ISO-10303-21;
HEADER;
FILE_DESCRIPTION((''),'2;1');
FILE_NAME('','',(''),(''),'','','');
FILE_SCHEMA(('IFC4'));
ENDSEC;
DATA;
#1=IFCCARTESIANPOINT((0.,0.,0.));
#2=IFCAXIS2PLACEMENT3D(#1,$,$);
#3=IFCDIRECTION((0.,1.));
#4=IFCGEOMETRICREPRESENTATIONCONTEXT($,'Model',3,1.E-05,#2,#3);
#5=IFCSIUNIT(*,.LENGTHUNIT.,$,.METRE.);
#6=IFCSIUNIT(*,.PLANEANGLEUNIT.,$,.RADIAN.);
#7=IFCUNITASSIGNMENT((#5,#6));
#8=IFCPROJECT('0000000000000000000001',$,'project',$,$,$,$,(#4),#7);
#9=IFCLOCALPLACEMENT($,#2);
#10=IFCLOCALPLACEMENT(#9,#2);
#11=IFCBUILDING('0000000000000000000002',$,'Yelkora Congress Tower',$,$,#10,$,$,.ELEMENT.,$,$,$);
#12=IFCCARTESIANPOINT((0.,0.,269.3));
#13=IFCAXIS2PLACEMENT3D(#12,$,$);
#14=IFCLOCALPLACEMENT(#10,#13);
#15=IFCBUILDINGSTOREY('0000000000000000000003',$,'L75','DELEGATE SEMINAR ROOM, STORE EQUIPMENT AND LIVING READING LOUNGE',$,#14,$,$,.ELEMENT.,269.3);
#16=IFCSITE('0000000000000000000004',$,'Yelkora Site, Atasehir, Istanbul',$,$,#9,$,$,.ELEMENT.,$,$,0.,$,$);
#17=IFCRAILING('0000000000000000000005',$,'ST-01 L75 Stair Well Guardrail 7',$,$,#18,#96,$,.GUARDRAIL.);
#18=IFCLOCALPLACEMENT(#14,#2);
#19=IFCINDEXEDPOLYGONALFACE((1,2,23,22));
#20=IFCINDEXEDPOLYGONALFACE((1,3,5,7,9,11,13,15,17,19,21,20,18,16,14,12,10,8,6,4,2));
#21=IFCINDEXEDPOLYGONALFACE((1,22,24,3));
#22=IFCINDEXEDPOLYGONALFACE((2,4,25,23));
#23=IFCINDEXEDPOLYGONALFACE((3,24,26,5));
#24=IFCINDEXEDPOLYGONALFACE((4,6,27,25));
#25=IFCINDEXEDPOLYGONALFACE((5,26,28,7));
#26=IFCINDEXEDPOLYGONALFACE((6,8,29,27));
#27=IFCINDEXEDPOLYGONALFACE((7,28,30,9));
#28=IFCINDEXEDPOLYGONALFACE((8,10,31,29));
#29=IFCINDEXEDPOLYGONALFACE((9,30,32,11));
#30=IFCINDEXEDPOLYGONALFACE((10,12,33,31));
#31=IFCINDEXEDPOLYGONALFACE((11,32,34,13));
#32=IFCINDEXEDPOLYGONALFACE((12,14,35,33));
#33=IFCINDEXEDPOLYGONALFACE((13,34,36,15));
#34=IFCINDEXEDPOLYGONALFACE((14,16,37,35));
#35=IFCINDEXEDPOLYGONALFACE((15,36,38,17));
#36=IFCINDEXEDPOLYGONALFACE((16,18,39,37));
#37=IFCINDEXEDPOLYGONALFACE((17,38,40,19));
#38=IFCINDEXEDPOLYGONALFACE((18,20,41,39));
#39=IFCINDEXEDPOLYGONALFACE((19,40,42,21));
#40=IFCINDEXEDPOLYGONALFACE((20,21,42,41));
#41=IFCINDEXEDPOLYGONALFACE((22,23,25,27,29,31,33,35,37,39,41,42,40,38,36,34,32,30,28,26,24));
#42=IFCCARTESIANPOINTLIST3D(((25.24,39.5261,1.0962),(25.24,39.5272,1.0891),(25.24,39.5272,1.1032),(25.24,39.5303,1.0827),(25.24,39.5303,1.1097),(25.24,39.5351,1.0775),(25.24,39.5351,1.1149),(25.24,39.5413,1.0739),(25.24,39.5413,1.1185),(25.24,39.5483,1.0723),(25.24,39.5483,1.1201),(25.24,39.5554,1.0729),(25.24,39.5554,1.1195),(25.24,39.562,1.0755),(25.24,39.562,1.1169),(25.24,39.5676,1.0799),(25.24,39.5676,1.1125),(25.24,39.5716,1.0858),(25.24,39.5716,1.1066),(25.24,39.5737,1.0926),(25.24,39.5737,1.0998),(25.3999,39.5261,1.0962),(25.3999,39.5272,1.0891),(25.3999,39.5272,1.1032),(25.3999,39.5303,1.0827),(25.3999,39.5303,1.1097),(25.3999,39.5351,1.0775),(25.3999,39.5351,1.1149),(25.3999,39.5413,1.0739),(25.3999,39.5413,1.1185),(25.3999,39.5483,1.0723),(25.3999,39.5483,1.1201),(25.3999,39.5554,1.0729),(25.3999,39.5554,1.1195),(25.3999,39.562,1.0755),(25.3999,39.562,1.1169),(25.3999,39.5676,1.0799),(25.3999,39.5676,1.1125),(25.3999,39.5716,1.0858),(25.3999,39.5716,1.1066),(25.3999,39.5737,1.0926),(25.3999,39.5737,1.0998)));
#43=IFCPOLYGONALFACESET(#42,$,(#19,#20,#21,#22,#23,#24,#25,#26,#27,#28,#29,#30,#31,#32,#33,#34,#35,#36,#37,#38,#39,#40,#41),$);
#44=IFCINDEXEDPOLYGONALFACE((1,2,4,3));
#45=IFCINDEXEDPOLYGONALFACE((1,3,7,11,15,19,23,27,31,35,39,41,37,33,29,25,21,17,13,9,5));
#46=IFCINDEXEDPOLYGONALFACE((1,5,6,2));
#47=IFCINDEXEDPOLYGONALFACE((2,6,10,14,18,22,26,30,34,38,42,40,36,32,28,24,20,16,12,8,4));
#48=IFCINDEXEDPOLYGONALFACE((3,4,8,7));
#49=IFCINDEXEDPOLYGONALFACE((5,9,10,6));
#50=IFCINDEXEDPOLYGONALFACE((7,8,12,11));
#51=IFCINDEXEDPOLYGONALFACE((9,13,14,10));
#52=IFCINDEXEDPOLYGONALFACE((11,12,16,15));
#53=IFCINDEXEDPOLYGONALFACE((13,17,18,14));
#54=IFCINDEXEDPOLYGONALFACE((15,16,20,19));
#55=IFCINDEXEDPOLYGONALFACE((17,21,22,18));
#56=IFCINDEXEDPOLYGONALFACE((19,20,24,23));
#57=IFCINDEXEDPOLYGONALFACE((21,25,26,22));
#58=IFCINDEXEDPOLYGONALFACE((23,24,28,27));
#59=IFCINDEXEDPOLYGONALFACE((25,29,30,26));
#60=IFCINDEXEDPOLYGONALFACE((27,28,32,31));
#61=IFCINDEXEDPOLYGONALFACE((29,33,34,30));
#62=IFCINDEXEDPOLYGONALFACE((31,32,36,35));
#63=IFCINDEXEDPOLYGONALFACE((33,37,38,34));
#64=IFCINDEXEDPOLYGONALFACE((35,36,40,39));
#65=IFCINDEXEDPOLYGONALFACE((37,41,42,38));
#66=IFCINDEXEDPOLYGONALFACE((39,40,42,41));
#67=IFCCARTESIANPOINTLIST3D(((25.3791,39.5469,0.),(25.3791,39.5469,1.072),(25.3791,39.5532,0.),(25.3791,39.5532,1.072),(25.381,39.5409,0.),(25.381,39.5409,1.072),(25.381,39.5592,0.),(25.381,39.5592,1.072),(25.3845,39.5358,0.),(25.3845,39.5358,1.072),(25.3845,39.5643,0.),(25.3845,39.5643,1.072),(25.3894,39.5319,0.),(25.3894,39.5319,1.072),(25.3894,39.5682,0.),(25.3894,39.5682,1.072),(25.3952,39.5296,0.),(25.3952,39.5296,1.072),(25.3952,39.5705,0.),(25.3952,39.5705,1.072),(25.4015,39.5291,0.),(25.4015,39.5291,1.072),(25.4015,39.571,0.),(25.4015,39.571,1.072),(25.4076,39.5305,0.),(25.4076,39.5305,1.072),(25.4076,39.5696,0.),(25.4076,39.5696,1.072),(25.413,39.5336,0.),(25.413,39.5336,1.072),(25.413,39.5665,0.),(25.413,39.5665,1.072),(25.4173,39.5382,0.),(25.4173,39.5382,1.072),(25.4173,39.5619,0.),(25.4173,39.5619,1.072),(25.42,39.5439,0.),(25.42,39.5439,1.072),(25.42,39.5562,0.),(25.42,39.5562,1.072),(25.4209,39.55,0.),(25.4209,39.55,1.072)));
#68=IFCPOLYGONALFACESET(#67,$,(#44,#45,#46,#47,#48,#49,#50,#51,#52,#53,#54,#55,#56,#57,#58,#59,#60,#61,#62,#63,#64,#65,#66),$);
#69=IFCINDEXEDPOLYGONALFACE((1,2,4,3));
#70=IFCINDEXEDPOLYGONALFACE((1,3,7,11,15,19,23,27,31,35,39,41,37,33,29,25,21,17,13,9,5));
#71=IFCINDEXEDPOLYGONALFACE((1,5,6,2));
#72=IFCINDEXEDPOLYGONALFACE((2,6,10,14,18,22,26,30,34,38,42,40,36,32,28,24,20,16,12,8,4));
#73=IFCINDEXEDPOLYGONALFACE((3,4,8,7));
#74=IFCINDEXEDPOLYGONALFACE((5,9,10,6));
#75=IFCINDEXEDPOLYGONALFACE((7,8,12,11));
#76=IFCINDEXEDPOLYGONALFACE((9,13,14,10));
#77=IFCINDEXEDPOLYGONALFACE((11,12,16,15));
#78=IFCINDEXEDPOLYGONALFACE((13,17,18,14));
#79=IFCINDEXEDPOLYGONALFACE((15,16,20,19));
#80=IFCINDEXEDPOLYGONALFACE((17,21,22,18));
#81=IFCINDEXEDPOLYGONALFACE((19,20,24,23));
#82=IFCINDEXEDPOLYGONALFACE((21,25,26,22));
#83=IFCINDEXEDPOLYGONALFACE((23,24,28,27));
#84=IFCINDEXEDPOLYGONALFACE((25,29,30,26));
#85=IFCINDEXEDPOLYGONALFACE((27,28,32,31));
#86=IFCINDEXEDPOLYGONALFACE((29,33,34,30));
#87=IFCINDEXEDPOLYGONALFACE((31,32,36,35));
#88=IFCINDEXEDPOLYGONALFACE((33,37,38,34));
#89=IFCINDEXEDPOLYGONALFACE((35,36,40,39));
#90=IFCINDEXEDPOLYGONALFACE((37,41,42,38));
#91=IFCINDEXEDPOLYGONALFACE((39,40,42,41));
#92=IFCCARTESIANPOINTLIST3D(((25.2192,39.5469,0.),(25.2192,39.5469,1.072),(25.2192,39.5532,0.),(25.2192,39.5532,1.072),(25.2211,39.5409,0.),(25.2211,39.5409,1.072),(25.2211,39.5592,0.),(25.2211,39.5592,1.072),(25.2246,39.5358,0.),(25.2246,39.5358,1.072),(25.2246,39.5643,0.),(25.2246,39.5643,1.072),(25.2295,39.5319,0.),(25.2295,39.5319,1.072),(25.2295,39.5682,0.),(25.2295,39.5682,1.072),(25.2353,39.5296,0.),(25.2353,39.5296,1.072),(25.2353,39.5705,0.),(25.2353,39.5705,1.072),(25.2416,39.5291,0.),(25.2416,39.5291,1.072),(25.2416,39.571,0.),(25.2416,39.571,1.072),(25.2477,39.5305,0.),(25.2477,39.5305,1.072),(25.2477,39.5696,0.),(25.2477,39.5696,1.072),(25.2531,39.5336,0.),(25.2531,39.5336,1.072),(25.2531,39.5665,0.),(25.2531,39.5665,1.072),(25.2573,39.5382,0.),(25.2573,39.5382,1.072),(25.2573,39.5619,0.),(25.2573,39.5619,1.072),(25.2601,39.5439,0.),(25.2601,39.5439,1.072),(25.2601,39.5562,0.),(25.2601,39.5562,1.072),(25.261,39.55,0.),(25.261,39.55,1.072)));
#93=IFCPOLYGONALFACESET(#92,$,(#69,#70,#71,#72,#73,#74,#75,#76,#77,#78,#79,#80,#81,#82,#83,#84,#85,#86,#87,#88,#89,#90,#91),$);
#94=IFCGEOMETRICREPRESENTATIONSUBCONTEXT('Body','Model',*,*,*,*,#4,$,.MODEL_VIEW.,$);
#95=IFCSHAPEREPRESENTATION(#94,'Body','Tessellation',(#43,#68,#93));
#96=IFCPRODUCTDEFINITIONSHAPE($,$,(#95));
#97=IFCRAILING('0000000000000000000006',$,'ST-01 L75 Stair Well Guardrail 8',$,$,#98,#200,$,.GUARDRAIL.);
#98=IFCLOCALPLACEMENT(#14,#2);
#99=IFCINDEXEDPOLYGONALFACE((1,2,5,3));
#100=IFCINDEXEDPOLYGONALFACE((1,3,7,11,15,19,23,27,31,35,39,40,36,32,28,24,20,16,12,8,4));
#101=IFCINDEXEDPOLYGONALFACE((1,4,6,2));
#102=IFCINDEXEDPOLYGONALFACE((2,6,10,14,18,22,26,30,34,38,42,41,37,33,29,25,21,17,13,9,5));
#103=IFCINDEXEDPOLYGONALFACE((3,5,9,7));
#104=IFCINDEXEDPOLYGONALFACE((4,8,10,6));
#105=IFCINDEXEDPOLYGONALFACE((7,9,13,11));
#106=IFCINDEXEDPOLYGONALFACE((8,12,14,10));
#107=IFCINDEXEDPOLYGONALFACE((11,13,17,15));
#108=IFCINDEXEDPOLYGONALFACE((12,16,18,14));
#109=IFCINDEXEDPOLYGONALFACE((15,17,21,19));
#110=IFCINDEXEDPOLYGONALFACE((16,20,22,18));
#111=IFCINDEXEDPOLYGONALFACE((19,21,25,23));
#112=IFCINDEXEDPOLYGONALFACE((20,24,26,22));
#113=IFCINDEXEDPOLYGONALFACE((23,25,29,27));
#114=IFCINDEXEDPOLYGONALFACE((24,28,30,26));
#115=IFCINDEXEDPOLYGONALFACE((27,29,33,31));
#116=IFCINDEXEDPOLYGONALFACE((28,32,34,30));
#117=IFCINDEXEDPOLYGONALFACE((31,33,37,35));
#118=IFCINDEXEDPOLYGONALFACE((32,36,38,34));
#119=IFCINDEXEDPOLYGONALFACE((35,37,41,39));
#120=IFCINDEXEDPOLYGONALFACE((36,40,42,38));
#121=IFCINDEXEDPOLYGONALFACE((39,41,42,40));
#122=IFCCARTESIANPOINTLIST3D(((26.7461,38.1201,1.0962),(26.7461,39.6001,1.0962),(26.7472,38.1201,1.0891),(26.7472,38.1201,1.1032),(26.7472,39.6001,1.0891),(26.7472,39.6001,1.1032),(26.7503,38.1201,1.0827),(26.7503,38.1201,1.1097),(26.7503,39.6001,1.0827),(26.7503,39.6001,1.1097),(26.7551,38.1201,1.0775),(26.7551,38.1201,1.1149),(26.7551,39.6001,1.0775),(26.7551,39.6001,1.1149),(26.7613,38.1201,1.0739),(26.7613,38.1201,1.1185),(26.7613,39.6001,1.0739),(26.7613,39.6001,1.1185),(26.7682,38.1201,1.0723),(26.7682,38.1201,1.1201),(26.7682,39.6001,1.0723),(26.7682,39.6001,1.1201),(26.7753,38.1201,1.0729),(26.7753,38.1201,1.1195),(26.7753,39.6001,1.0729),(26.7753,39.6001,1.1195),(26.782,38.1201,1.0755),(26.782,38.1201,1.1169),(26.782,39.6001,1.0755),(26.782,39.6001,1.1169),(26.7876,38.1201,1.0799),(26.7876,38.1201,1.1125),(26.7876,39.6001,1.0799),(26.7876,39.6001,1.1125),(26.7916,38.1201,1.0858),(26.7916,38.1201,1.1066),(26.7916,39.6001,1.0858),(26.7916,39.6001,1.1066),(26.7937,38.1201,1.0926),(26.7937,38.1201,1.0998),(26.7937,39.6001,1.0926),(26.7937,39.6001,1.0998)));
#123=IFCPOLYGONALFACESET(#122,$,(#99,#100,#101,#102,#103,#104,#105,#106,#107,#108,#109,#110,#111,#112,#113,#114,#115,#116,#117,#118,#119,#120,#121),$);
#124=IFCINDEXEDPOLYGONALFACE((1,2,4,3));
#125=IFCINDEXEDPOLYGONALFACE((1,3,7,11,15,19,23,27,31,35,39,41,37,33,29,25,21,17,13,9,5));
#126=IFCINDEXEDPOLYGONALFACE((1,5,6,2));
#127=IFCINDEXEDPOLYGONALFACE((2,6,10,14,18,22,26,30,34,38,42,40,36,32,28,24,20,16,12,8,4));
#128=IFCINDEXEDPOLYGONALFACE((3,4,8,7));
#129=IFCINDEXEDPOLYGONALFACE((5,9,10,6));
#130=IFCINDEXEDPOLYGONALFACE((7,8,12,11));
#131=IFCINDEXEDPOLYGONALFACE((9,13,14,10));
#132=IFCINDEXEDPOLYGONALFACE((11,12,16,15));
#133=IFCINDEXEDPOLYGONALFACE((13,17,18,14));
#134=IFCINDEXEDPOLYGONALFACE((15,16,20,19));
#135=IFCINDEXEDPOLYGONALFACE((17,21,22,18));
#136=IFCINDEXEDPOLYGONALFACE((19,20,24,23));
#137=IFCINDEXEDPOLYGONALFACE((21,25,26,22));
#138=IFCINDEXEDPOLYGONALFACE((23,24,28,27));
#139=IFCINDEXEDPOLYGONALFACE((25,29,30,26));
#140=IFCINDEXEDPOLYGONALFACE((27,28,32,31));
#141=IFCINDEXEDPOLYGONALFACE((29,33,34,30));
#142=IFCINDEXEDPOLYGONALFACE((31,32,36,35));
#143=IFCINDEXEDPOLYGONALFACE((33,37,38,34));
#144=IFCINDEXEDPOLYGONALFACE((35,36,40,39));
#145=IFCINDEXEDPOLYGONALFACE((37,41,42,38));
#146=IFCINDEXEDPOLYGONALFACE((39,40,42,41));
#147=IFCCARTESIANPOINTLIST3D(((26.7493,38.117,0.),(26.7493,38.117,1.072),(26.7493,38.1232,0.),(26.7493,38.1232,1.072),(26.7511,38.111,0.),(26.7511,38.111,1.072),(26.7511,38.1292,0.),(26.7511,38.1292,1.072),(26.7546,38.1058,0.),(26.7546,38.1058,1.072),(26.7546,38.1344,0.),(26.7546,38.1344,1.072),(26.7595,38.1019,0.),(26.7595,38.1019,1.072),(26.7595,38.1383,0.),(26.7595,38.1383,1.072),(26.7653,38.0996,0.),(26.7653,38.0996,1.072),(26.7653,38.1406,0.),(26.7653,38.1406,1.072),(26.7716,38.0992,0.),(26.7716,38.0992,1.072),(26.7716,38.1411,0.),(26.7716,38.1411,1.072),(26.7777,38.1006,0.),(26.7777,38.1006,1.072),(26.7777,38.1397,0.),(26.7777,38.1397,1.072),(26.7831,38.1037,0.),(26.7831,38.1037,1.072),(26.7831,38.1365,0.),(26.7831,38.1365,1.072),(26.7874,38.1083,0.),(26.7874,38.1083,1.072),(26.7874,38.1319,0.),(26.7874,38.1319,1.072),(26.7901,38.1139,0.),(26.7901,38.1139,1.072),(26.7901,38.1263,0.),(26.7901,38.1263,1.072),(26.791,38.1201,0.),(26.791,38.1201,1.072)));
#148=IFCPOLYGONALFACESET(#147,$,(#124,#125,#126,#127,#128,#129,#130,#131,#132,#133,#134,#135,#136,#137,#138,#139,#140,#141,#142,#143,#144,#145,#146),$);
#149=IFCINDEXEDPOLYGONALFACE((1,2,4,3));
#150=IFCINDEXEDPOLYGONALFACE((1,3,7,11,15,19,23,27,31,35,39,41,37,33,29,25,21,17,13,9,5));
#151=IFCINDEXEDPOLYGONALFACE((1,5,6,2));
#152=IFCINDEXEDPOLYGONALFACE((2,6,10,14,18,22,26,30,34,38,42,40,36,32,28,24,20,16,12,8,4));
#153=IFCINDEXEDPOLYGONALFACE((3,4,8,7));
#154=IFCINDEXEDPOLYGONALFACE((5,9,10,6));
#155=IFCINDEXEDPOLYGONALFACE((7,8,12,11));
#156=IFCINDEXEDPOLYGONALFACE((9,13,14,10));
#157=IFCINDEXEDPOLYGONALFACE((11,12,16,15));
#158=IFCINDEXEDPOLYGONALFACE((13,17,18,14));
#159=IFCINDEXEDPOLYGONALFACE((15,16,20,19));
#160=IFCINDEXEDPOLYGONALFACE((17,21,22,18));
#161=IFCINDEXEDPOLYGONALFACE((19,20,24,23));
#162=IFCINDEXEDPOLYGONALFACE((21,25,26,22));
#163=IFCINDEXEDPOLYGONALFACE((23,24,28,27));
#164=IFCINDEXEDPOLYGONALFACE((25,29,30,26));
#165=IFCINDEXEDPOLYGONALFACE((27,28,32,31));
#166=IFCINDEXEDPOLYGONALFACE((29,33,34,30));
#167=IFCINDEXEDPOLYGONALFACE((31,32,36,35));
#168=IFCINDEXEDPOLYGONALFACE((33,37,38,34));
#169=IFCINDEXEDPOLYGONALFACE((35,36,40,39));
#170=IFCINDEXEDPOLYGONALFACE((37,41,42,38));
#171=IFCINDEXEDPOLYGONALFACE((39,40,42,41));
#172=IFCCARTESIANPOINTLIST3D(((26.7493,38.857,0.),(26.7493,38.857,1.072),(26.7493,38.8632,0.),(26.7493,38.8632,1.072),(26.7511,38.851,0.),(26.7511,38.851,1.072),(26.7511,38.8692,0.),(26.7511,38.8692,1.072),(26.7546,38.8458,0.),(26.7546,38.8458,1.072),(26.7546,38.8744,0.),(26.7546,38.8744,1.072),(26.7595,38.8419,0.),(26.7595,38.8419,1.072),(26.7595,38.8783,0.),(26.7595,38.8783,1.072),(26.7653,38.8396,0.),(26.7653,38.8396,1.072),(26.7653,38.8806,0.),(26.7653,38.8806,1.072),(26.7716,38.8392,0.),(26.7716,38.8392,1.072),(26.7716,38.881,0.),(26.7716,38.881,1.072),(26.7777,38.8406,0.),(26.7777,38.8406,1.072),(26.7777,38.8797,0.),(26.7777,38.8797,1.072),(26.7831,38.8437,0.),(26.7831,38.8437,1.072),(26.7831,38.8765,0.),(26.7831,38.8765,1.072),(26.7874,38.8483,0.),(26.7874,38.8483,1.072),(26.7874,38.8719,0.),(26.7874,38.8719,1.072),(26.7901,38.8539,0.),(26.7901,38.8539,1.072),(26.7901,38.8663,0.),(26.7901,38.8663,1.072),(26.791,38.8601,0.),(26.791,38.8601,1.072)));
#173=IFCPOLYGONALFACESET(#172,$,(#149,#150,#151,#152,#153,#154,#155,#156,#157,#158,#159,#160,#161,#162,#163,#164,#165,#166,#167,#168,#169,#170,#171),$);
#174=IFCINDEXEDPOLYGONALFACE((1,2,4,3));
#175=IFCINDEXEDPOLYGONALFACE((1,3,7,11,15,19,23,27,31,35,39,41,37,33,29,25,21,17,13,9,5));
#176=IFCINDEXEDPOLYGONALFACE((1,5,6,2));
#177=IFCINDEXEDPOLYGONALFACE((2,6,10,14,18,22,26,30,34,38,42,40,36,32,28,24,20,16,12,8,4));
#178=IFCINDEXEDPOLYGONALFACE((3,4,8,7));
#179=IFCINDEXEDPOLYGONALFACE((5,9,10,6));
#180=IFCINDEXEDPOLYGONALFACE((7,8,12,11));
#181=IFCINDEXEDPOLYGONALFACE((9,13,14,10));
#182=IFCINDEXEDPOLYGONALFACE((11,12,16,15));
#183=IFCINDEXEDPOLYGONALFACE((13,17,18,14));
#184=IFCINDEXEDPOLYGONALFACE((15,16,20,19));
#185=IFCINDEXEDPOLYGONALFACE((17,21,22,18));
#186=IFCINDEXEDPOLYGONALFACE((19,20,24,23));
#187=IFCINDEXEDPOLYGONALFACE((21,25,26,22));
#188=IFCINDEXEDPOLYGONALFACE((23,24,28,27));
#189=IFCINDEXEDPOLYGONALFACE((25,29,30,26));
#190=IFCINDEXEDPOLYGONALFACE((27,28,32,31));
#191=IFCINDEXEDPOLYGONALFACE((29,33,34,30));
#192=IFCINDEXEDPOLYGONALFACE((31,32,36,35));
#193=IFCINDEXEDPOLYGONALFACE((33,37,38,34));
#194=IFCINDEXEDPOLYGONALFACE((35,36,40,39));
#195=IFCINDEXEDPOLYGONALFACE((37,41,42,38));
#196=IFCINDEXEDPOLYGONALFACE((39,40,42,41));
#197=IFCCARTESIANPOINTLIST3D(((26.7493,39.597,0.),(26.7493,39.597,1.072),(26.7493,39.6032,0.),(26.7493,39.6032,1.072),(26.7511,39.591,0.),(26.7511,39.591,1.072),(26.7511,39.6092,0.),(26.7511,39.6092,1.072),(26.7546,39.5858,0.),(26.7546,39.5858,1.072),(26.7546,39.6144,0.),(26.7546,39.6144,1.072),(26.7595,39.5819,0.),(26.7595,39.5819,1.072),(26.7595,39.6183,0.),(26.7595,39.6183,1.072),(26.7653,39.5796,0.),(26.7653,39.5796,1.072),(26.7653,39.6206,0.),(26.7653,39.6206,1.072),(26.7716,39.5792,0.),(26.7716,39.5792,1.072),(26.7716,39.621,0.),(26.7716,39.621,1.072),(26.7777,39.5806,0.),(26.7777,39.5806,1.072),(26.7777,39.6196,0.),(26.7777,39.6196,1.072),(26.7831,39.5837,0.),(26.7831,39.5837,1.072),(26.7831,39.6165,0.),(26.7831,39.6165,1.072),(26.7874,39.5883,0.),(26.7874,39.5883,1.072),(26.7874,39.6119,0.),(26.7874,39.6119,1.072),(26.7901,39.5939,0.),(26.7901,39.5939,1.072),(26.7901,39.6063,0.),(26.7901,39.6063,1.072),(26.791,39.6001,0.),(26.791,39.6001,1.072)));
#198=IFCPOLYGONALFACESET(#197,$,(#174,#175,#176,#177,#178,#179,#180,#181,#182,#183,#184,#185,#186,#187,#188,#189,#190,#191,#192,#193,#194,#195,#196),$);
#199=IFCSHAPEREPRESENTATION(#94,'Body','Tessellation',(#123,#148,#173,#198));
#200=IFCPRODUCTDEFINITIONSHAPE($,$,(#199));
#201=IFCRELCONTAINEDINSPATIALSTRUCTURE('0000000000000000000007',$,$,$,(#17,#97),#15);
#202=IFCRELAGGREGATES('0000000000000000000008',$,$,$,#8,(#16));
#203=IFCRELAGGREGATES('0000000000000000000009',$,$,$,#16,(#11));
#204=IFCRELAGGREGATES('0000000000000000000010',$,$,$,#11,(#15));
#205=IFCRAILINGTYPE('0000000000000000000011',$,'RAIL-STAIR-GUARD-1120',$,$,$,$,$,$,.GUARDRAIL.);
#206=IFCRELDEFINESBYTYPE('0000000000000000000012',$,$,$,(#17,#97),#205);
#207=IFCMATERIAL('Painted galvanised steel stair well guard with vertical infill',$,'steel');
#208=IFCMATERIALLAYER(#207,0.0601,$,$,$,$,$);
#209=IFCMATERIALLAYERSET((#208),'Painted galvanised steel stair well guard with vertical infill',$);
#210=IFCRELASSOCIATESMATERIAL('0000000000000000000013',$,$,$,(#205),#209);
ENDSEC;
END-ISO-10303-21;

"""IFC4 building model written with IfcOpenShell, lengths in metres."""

from ifc_helpers import new_model, si_unit, direction, frame, origin, origin_2d, place, context, subcontext, project, spatial, circle, extrude, material, layer, layer_set, type_object, element, save


model = new_model("IFC4")

# Units and contexts
model_context = context("Model", 3, precision=1e-05, world=origin(), true_north=direction((0.0, 1.0)))
body_context = subcontext(model_context, "Body", "Model", "MODEL_VIEW")
ifc_project = project(units=[si_unit("LENGTHUNIT", "METRE"), si_unit("PLANEANGLEUNIT", "RADIAN")], contexts=[model_context])

# Site, building, storey
site_placement = place(None, origin())
site = spatial("IfcSite", under=ifc_project, at=site_placement, Name="Yelkora Site, Atasehir, Istanbul", CompositionType="ELEMENT", RefElevation=0.0)
building_placement = place(site_placement, origin())
building = spatial("IfcBuilding", under=site, at=building_placement, Name="Yelkora Congress Tower", CompositionType="ELEMENT")
storey_placement = place(building_placement, frame((0.0, 0.0, 269.3)))
storey = spatial("IfcBuildingStorey", under=building, at=storey_placement, Name="L75", Description="DELEGATE SEMINAR ROOM, STORE EQUIPMENT AND LIVING READING LOUNGE", CompositionType="ELEMENT", Elevation=269.3)

# Railings
ifc_material_1 = material(Name="Painted galvanised steel stair well guard with vertical infill", Category="steel")
ifc_layer_1 = layer(ifc_material_1, 0.0601)
ifc_layer_set_1 = layer_set([ifc_layer_1], Name="Painted galvanised steel stair well guard with vertical infill")
railing_type_1 = type_object("IfcRailingType", Name="RAIL-STAIR-GUARD-1120", PredefinedType="GUARDRAIL", material=ifc_layer_set_1)
railing_1_placement = place(storey_placement, frame((25.3999, 39.55, 0.0)))
element("IfcRailing", 1, at=railing_1_placement, inside=storey, type_object=railing_type_1, Name="ST-01 L75 Stair Well Guardrail 7", PredefinedType="GUARDRAIL", context=body_context, shape_type="SweptSolid", body=[
    extrude(circle(Radius=0.0239, at=origin_2d()), frame((0.0, 0.0, 1.0962), z_axis=(-1.0, 0.0, 0.0), x_axis=(0.0, -1.0, 0.0)), (0.0, 0.0, 1.0), 0.1599),
    extrude(circle(Radius=0.021, at=origin_2d()), origin(), (0.0, 0.0, 1.0), 1.072),
    extrude(circle(Radius=0.021, at=origin_2d()), frame((-0.1599, 0.0, 0.0)), (0.0, 0.0, 1.0), 1.072),
])
for number, where, name in (
    (2, (26.77, 38.1201, 0.0), "ST-01 L75 Stair Well Guardrail 8"),
):
    element("IfcRailing", number, at=place(storey_placement, frame(where)), inside=storey, type_object=railing_type_1, Name=name, PredefinedType="GUARDRAIL", context=body_context, shape_type="SweptSolid", body=[
        extrude(circle(Radius=0.0239, at=origin_2d()), frame((0.0, 0.0, 1.0962), z_axis=(0.0, 1.0, 0.0), x_axis=(-1.0, 0.0, 0.0)), (0.0, 0.0, 1.0), 1.48),
        extrude(circle(Radius=0.021, at=origin_2d()), origin(), (0.0, 0.0, 1.0), 1.072),
        extrude(circle(Radius=0.021, at=origin_2d()), frame((0.0, 0.74, 0.0)), (0.0, 0.0, 1.0), 1.072),
        extrude(circle(Radius=0.021, at=origin_2d()), frame((0.0, 1.48, 0.0)), (0.0, 0.0, 1.0), 1.072),
    ])

save(model, "model.ifc")
